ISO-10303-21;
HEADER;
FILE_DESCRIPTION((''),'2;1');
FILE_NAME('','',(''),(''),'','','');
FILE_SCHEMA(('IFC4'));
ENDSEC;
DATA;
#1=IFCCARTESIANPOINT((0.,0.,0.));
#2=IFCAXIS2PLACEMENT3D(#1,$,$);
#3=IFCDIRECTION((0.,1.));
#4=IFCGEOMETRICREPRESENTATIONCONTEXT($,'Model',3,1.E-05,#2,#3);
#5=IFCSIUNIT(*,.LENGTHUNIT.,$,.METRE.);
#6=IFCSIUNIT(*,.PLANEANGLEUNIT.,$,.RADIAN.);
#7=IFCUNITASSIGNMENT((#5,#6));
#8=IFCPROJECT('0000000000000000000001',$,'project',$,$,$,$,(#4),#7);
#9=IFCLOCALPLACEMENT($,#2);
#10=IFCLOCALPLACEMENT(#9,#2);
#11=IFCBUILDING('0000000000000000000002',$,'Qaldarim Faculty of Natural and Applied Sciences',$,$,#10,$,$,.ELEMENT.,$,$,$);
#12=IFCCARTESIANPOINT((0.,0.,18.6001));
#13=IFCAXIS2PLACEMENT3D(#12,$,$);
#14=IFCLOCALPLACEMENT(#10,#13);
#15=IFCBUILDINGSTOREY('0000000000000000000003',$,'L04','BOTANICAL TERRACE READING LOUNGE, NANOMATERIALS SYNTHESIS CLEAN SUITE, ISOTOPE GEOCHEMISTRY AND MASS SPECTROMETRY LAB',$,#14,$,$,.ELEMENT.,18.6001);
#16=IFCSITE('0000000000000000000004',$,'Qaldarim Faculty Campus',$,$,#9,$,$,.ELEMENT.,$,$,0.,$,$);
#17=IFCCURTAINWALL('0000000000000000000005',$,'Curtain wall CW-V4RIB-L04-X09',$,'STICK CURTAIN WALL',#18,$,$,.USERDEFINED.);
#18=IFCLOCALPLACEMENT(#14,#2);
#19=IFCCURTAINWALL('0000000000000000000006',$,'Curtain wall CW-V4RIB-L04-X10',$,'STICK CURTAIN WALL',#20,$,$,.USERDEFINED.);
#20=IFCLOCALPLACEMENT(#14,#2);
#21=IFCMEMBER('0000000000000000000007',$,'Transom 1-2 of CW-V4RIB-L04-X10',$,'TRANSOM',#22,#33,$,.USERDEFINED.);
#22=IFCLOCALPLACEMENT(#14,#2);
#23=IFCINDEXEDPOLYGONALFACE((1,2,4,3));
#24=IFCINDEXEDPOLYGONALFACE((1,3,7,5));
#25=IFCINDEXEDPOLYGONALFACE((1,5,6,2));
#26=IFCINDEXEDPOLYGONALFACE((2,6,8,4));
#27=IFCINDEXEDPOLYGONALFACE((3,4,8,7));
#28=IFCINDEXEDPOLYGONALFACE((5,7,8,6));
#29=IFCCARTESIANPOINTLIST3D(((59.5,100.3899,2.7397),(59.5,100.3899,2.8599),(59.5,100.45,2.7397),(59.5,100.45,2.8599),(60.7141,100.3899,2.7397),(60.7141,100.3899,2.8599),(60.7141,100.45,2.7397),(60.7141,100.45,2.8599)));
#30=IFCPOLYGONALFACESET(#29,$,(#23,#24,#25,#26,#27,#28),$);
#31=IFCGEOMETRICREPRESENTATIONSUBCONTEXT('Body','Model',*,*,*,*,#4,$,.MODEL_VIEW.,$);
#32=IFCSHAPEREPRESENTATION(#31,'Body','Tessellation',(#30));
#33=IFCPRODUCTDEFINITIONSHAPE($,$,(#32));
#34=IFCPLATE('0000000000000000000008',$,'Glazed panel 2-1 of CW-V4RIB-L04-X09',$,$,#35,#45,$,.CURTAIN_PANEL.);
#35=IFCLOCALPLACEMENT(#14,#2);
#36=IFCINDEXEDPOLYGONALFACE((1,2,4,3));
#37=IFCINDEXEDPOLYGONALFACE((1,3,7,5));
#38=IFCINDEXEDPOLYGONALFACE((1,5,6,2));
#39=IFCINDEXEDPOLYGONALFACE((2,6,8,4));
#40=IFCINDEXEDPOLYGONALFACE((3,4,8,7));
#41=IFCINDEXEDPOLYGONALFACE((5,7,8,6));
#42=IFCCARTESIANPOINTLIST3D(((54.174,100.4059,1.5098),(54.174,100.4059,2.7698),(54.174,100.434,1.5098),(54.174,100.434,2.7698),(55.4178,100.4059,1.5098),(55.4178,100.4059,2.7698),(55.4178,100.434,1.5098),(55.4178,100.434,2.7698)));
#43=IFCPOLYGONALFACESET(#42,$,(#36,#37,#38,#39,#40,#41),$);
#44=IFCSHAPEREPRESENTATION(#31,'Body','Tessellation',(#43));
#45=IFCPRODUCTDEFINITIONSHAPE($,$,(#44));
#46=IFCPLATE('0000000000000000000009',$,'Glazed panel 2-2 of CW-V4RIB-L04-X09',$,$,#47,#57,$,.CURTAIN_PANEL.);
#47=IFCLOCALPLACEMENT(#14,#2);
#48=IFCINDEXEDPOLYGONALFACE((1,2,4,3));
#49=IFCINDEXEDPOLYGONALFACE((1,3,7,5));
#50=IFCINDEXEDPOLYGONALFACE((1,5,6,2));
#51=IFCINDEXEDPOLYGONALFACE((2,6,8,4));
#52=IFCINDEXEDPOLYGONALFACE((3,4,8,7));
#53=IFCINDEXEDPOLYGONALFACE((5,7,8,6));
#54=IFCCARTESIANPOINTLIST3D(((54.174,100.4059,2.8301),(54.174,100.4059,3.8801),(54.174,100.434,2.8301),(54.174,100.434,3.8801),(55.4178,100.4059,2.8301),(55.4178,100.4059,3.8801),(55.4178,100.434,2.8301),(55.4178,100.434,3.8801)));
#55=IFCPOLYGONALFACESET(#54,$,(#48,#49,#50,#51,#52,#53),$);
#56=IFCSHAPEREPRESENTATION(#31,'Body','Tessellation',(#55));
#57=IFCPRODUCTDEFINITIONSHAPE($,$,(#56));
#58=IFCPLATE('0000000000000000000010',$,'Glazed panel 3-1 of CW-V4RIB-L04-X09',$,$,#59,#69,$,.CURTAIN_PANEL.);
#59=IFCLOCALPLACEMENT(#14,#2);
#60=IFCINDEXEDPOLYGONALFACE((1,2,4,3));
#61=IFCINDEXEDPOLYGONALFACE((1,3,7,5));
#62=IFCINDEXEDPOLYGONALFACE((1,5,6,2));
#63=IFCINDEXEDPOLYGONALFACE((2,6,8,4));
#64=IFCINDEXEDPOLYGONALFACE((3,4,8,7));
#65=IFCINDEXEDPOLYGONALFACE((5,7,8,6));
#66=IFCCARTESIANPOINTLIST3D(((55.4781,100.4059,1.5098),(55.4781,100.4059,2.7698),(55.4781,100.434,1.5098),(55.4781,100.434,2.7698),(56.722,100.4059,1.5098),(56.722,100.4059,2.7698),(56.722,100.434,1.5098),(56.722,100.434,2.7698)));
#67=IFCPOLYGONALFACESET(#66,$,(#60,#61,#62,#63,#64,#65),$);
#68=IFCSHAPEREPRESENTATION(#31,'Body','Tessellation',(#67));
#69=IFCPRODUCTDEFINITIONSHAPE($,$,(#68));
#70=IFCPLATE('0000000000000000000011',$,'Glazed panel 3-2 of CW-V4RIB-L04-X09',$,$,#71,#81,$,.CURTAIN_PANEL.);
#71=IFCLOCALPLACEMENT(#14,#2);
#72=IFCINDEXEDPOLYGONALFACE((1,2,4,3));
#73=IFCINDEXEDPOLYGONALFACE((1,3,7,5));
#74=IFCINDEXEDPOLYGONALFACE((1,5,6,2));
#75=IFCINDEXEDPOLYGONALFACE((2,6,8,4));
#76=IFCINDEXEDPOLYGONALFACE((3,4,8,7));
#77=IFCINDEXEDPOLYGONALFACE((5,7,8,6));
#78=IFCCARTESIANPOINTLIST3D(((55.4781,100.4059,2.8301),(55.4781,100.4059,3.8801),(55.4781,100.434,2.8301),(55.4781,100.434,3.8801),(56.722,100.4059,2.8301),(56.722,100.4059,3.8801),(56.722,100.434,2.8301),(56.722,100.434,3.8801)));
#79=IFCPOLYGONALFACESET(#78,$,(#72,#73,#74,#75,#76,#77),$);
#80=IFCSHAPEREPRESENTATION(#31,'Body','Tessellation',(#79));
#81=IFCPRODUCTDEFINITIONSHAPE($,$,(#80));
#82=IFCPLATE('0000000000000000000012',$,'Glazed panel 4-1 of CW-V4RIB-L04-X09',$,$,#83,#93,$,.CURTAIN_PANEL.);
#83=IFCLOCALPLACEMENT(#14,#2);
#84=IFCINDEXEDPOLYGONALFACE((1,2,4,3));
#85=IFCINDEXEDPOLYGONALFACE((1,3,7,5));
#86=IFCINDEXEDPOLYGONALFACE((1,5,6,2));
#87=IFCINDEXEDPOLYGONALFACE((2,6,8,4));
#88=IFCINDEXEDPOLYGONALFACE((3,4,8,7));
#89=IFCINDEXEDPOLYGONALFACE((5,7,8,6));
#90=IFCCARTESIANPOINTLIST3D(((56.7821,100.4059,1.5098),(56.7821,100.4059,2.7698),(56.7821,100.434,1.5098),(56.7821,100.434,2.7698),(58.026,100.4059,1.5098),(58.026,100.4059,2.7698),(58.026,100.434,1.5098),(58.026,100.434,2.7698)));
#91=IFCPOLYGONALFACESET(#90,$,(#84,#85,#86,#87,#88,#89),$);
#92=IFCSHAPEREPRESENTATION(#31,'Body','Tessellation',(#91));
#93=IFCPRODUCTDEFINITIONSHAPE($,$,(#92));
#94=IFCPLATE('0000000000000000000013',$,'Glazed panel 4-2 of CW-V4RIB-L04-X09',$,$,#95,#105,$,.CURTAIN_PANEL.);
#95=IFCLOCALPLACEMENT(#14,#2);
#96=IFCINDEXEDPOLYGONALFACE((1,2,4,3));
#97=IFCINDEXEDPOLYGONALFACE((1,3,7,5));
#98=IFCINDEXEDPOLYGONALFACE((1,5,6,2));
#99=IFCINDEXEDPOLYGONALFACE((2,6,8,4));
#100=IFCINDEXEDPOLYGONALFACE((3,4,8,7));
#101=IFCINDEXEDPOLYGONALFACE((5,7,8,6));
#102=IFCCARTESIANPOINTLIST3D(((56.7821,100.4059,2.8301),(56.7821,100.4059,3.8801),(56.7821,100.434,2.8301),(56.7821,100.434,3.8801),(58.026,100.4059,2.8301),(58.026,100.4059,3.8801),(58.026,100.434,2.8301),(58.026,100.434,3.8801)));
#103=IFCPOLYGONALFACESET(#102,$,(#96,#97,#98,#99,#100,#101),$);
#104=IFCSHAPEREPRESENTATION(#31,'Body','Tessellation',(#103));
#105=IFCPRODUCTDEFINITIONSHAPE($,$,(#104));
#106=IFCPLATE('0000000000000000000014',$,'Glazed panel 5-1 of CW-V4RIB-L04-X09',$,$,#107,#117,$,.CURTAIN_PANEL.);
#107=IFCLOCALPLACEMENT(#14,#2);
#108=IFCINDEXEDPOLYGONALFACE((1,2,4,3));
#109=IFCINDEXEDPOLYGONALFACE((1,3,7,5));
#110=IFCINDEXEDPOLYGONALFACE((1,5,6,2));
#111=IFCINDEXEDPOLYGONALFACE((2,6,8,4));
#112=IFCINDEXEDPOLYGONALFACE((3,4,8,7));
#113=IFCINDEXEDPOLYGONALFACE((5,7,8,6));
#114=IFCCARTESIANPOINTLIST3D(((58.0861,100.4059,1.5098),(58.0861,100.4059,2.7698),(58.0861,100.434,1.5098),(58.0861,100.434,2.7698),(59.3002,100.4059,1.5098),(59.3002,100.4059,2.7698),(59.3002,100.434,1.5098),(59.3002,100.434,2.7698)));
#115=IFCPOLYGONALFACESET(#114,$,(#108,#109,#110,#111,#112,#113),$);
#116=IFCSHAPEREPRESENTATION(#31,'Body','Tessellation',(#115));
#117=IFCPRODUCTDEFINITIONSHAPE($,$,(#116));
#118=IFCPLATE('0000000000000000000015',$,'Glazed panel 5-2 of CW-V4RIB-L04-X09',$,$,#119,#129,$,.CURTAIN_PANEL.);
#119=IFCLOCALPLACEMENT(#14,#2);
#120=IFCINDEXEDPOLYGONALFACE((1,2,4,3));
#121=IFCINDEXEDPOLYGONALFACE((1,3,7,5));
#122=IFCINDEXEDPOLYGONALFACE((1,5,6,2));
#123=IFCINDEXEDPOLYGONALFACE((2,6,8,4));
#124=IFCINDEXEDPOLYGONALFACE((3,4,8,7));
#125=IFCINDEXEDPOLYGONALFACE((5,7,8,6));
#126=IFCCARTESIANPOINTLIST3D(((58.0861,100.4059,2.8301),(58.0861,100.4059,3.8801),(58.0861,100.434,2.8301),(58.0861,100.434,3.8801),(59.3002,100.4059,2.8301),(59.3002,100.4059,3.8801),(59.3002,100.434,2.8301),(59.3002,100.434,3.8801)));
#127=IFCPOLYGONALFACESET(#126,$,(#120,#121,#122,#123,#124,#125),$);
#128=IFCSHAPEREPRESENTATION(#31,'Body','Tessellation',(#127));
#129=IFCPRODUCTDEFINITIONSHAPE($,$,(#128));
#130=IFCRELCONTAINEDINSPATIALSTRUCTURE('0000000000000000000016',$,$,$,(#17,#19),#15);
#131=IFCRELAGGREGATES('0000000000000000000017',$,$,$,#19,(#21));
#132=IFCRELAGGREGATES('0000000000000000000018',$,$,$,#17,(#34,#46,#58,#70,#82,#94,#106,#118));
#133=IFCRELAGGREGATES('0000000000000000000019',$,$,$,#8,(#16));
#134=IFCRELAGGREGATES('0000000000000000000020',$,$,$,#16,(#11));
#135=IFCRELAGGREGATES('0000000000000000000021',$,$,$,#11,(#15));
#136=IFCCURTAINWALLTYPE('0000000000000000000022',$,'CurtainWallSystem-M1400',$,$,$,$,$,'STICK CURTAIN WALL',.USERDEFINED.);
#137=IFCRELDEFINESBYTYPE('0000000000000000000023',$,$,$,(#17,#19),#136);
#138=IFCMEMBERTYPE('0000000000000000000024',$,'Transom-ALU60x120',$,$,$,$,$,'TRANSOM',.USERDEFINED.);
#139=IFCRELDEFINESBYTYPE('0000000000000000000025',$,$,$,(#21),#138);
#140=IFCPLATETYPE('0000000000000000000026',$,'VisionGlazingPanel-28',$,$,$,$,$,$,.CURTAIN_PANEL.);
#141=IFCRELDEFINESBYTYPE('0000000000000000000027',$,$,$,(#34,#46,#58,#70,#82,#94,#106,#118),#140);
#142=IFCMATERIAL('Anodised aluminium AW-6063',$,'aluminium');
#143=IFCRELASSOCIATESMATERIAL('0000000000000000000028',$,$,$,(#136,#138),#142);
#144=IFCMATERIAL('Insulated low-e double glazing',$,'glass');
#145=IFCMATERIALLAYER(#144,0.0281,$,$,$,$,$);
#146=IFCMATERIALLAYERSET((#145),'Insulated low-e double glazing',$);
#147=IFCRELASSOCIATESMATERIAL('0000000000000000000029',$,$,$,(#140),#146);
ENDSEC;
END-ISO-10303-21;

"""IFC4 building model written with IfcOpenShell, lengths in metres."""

from ifc_helpers import new_model, si_unit, direction, frame, origin, origin_2d, place, context, subcontext, project, spatial, rectangle, extrude, material, layer, layer_set, material_profile, profile_set, type_object, element, aggregate, save


model = new_model("IFC4")

# Units and contexts
model_context = context("Model", 3, precision=1e-05, world=origin(), true_north=direction((0.0, 1.0)))
body_context = subcontext(model_context, "Body", "Model", "MODEL_VIEW")
ifc_project = project(units=[si_unit("LENGTHUNIT", "METRE"), si_unit("PLANEANGLEUNIT", "RADIAN")], contexts=[model_context])

# Site, building, storey
site_placement = place(None, origin())
site = spatial("IfcSite", under=ifc_project, at=site_placement, Name="Qaldarim Faculty Campus", CompositionType="ELEMENT", RefElevation=0.0)
building_placement = place(site_placement, origin())
building = spatial("IfcBuilding", under=site, at=building_placement, Name="Qaldarim Faculty of Natural and Applied Sciences", CompositionType="ELEMENT")
storey_placement = place(building_placement, frame((0.0, 0.0, 18.6001)))
storey = spatial("IfcBuildingStorey", under=building, at=storey_placement, Name="L04", Description="BOTANICAL TERRACE READING LOUNGE, NANOMATERIALS SYNTHESIS CLEAN SUITE, ISOTOPE GEOCHEMISTRY AND MASS SPECTROMETRY LAB", CompositionType="ELEMENT", Elevation=18.6001)

# Curtain wall
ifc_material_1 = material(Name="Anodised aluminium AW-6063", Category="aluminium")
curtain_wall_type = type_object("IfcCurtainWallType", Name="CurtainWallSystem-M1400", ElementType="STICK CURTAIN WALL", PredefinedType="USERDEFINED", material=ifc_material_1)
curtain_wall_1_placement = place(storey_placement, origin())
curtain_wall_1 = element("IfcCurtainWall", 1, at=curtain_wall_1_placement, inside=storey, type_object=curtain_wall_type, Name="Curtain wall CW-V4RIB-L04-X09", ObjectType="STICK CURTAIN WALL", PredefinedType="USERDEFINED")

# Curtain wall
curtain_wall_2_placement = place(storey_placement, origin())
curtain_wall_2 = element("IfcCurtainWall", 2, at=curtain_wall_2_placement, inside=storey, type_object=curtain_wall_type, Name="Curtain wall CW-V4RIB-L04-X10", ObjectType="STICK CURTAIN WALL", PredefinedType="USERDEFINED")

# Member
ifc_material_profile_1 = material_profile(ifc_material_1, rectangle(XDim=0.0601, YDim=0.1201, at=origin_2d()), Name="ALU-T60x120")
ifc_profile_set_1 = profile_set([ifc_material_profile_1], Name="Anodised aluminium AW-6063")
member_type_1 = type_object("IfcMemberType", Name="Transom-ALU60x120", ElementType="TRANSOM", PredefinedType="USERDEFINED", material=ifc_profile_set_1)
member_1_placement = place(storey_placement, frame((59.5, 100.4199, 2.7998), z_axis=(1.0, 0.0, 0.0), x_axis=(0.0, 1.0, 0.0)))
member_1 = element("IfcMember", 3, at=member_1_placement, type_object=member_type_1, Name="Transom 1-2 of CW-V4RIB-L04-X10", ObjectType="TRANSOM", PredefinedType="USERDEFINED", context=body_context, shape_type="SweptSolid", body=[
    extrude(rectangle(XDim=0.0601, YDim=0.1201, at=origin_2d()), origin(), (0.0, 0.0, 1.0), 1.2141),
])
aggregate(curtain_wall_2, [member_1])

# Plates
ifc_material_2 = material(Name="Insulated low-e double glazing", Category="glass")
ifc_layer = layer(ifc_material_2, 0.0281)
ifc_layer_set = layer_set([ifc_layer], Name="Insulated low-e double glazing")
plate_type = type_object("IfcPlateType", Name="VisionGlazingPanel-28", PredefinedType="CURTAIN_PANEL", material=ifc_layer_set)
plate_1_placement = place(storey_placement, frame((54.7959, 100.4199, 1.5098), z_axis=(0.0, 0.0, 1.0), x_axis=(1.0, 0.0, 0.0)))
plate_1 = element("IfcPlate", 4, at=plate_1_placement, type_object=plate_type, Name="Glazed panel 2-1 of CW-V4RIB-L04-X09", PredefinedType="CURTAIN_PANEL", context=body_context, shape_type="SweptSolid", body=[
    extrude(rectangle(XDim=1.2439, YDim=0.0281, at=origin_2d()), origin(), (0.0, 0.0, 1.0), 1.26),
])
plate_2_placement = place(storey_placement, frame((54.7959, 100.4199, 2.8301), z_axis=(0.0, 0.0, 1.0), x_axis=(1.0, 0.0, 0.0)))
plate_2 = element("IfcPlate", 5, at=plate_2_placement, type_object=plate_type, Name="Glazed panel 2-2 of CW-V4RIB-L04-X09", PredefinedType="CURTAIN_PANEL", context=body_context, shape_type="SweptSolid", body=[
    extrude(rectangle(XDim=1.2439, YDim=0.0281, at=origin_2d()), origin(), (0.0, 0.0, 1.0), 1.05),
])
plate_3_placement = place(storey_placement, frame((56.1001, 100.4199, 1.5098), z_axis=(0.0, 0.0, 1.0), x_axis=(1.0, 0.0, 0.0)))
plate_3 = element("IfcPlate", 6, at=plate_3_placement, type_object=plate_type, Name="Glazed panel 3-1 of CW-V4RIB-L04-X09", PredefinedType="CURTAIN_PANEL", context=body_context, shape_type="SweptSolid", body=[
    extrude(rectangle(XDim=1.2439, YDim=0.0281, at=origin_2d()), origin(), (0.0, 0.0, 1.0), 1.26),
])
plate_4_placement = place(storey_placement, frame((56.1001, 100.4199, 2.8301), z_axis=(0.0, 0.0, 1.0), x_axis=(1.0, 0.0, 0.0)))
plate_4 = element("IfcPlate", 7, at=plate_4_placement, type_object=plate_type, Name="Glazed panel 3-2 of CW-V4RIB-L04-X09", PredefinedType="CURTAIN_PANEL", context=body_context, shape_type="SweptSolid", body=[
    extrude(rectangle(XDim=1.2439, YDim=0.0281, at=origin_2d()), origin(), (0.0, 0.0, 1.0), 1.05),
])
plate_5_placement = place(storey_placement, frame((57.4041, 100.4199, 1.5098), z_axis=(0.0, 0.0, 1.0), x_axis=(1.0, 0.0, 0.0)))
plate_5 = element("IfcPlate", 8, at=plate_5_placement, type_object=plate_type, Name="Glazed panel 4-1 of CW-V4RIB-L04-X09", PredefinedType="CURTAIN_PANEL", context=body_context, shape_type="SweptSolid", body=[
    extrude(rectangle(XDim=1.2439, YDim=0.0281, at=origin_2d()), origin(), (0.0, 0.0, 1.0), 1.26),
])
plate_6_placement = place(storey_placement, frame((57.4041, 100.4199, 2.8301), z_axis=(0.0, 0.0, 1.0), x_axis=(1.0, 0.0, 0.0)))
plate_6 = element("IfcPlate", 9, at=plate_6_placement, type_object=plate_type, Name="Glazed panel 4-2 of CW-V4RIB-L04-X09", PredefinedType="CURTAIN_PANEL", context=body_context, shape_type="SweptSolid", body=[
    extrude(rectangle(XDim=1.2439, YDim=0.0281, at=origin_2d()), origin(), (0.0, 0.0, 1.0), 1.05),
])
plate_7_placement = place(storey_placement, frame((58.6931, 100.4199, 1.5098), z_axis=(0.0, 0.0, 1.0), x_axis=(1.0, 0.0, 0.0)))
plate_7 = element("IfcPlate", 10, at=plate_7_placement, type_object=plate_type, Name="Glazed panel 5-1 of CW-V4RIB-L04-X09", PredefinedType="CURTAIN_PANEL", context=body_context, shape_type="SweptSolid", body=[
    extrude(rectangle(XDim=1.2141, YDim=0.0281, at=origin_2d()), origin(), (0.0, 0.0, 1.0), 1.26),
])
plate_8_placement = place(storey_placement, frame((58.6931, 100.4199, 2.8301), z_axis=(0.0, 0.0, 1.0), x_axis=(1.0, 0.0, 0.0)))
plate_8 = element("IfcPlate", 11, at=plate_8_placement, type_object=plate_type, Name="Glazed panel 5-2 of CW-V4RIB-L04-X09", PredefinedType="CURTAIN_PANEL", context=body_context, shape_type="SweptSolid", body=[
    extrude(rectangle(XDim=1.2141, YDim=0.0281, at=origin_2d()), origin(), (0.0, 0.0, 1.0), 1.05),
])
aggregate(curtain_wall_1, [plate_1, plate_2, plate_3, plate_4, plate_5, plate_6, plate_7, plate_8])

save(model, "model.ifc")
